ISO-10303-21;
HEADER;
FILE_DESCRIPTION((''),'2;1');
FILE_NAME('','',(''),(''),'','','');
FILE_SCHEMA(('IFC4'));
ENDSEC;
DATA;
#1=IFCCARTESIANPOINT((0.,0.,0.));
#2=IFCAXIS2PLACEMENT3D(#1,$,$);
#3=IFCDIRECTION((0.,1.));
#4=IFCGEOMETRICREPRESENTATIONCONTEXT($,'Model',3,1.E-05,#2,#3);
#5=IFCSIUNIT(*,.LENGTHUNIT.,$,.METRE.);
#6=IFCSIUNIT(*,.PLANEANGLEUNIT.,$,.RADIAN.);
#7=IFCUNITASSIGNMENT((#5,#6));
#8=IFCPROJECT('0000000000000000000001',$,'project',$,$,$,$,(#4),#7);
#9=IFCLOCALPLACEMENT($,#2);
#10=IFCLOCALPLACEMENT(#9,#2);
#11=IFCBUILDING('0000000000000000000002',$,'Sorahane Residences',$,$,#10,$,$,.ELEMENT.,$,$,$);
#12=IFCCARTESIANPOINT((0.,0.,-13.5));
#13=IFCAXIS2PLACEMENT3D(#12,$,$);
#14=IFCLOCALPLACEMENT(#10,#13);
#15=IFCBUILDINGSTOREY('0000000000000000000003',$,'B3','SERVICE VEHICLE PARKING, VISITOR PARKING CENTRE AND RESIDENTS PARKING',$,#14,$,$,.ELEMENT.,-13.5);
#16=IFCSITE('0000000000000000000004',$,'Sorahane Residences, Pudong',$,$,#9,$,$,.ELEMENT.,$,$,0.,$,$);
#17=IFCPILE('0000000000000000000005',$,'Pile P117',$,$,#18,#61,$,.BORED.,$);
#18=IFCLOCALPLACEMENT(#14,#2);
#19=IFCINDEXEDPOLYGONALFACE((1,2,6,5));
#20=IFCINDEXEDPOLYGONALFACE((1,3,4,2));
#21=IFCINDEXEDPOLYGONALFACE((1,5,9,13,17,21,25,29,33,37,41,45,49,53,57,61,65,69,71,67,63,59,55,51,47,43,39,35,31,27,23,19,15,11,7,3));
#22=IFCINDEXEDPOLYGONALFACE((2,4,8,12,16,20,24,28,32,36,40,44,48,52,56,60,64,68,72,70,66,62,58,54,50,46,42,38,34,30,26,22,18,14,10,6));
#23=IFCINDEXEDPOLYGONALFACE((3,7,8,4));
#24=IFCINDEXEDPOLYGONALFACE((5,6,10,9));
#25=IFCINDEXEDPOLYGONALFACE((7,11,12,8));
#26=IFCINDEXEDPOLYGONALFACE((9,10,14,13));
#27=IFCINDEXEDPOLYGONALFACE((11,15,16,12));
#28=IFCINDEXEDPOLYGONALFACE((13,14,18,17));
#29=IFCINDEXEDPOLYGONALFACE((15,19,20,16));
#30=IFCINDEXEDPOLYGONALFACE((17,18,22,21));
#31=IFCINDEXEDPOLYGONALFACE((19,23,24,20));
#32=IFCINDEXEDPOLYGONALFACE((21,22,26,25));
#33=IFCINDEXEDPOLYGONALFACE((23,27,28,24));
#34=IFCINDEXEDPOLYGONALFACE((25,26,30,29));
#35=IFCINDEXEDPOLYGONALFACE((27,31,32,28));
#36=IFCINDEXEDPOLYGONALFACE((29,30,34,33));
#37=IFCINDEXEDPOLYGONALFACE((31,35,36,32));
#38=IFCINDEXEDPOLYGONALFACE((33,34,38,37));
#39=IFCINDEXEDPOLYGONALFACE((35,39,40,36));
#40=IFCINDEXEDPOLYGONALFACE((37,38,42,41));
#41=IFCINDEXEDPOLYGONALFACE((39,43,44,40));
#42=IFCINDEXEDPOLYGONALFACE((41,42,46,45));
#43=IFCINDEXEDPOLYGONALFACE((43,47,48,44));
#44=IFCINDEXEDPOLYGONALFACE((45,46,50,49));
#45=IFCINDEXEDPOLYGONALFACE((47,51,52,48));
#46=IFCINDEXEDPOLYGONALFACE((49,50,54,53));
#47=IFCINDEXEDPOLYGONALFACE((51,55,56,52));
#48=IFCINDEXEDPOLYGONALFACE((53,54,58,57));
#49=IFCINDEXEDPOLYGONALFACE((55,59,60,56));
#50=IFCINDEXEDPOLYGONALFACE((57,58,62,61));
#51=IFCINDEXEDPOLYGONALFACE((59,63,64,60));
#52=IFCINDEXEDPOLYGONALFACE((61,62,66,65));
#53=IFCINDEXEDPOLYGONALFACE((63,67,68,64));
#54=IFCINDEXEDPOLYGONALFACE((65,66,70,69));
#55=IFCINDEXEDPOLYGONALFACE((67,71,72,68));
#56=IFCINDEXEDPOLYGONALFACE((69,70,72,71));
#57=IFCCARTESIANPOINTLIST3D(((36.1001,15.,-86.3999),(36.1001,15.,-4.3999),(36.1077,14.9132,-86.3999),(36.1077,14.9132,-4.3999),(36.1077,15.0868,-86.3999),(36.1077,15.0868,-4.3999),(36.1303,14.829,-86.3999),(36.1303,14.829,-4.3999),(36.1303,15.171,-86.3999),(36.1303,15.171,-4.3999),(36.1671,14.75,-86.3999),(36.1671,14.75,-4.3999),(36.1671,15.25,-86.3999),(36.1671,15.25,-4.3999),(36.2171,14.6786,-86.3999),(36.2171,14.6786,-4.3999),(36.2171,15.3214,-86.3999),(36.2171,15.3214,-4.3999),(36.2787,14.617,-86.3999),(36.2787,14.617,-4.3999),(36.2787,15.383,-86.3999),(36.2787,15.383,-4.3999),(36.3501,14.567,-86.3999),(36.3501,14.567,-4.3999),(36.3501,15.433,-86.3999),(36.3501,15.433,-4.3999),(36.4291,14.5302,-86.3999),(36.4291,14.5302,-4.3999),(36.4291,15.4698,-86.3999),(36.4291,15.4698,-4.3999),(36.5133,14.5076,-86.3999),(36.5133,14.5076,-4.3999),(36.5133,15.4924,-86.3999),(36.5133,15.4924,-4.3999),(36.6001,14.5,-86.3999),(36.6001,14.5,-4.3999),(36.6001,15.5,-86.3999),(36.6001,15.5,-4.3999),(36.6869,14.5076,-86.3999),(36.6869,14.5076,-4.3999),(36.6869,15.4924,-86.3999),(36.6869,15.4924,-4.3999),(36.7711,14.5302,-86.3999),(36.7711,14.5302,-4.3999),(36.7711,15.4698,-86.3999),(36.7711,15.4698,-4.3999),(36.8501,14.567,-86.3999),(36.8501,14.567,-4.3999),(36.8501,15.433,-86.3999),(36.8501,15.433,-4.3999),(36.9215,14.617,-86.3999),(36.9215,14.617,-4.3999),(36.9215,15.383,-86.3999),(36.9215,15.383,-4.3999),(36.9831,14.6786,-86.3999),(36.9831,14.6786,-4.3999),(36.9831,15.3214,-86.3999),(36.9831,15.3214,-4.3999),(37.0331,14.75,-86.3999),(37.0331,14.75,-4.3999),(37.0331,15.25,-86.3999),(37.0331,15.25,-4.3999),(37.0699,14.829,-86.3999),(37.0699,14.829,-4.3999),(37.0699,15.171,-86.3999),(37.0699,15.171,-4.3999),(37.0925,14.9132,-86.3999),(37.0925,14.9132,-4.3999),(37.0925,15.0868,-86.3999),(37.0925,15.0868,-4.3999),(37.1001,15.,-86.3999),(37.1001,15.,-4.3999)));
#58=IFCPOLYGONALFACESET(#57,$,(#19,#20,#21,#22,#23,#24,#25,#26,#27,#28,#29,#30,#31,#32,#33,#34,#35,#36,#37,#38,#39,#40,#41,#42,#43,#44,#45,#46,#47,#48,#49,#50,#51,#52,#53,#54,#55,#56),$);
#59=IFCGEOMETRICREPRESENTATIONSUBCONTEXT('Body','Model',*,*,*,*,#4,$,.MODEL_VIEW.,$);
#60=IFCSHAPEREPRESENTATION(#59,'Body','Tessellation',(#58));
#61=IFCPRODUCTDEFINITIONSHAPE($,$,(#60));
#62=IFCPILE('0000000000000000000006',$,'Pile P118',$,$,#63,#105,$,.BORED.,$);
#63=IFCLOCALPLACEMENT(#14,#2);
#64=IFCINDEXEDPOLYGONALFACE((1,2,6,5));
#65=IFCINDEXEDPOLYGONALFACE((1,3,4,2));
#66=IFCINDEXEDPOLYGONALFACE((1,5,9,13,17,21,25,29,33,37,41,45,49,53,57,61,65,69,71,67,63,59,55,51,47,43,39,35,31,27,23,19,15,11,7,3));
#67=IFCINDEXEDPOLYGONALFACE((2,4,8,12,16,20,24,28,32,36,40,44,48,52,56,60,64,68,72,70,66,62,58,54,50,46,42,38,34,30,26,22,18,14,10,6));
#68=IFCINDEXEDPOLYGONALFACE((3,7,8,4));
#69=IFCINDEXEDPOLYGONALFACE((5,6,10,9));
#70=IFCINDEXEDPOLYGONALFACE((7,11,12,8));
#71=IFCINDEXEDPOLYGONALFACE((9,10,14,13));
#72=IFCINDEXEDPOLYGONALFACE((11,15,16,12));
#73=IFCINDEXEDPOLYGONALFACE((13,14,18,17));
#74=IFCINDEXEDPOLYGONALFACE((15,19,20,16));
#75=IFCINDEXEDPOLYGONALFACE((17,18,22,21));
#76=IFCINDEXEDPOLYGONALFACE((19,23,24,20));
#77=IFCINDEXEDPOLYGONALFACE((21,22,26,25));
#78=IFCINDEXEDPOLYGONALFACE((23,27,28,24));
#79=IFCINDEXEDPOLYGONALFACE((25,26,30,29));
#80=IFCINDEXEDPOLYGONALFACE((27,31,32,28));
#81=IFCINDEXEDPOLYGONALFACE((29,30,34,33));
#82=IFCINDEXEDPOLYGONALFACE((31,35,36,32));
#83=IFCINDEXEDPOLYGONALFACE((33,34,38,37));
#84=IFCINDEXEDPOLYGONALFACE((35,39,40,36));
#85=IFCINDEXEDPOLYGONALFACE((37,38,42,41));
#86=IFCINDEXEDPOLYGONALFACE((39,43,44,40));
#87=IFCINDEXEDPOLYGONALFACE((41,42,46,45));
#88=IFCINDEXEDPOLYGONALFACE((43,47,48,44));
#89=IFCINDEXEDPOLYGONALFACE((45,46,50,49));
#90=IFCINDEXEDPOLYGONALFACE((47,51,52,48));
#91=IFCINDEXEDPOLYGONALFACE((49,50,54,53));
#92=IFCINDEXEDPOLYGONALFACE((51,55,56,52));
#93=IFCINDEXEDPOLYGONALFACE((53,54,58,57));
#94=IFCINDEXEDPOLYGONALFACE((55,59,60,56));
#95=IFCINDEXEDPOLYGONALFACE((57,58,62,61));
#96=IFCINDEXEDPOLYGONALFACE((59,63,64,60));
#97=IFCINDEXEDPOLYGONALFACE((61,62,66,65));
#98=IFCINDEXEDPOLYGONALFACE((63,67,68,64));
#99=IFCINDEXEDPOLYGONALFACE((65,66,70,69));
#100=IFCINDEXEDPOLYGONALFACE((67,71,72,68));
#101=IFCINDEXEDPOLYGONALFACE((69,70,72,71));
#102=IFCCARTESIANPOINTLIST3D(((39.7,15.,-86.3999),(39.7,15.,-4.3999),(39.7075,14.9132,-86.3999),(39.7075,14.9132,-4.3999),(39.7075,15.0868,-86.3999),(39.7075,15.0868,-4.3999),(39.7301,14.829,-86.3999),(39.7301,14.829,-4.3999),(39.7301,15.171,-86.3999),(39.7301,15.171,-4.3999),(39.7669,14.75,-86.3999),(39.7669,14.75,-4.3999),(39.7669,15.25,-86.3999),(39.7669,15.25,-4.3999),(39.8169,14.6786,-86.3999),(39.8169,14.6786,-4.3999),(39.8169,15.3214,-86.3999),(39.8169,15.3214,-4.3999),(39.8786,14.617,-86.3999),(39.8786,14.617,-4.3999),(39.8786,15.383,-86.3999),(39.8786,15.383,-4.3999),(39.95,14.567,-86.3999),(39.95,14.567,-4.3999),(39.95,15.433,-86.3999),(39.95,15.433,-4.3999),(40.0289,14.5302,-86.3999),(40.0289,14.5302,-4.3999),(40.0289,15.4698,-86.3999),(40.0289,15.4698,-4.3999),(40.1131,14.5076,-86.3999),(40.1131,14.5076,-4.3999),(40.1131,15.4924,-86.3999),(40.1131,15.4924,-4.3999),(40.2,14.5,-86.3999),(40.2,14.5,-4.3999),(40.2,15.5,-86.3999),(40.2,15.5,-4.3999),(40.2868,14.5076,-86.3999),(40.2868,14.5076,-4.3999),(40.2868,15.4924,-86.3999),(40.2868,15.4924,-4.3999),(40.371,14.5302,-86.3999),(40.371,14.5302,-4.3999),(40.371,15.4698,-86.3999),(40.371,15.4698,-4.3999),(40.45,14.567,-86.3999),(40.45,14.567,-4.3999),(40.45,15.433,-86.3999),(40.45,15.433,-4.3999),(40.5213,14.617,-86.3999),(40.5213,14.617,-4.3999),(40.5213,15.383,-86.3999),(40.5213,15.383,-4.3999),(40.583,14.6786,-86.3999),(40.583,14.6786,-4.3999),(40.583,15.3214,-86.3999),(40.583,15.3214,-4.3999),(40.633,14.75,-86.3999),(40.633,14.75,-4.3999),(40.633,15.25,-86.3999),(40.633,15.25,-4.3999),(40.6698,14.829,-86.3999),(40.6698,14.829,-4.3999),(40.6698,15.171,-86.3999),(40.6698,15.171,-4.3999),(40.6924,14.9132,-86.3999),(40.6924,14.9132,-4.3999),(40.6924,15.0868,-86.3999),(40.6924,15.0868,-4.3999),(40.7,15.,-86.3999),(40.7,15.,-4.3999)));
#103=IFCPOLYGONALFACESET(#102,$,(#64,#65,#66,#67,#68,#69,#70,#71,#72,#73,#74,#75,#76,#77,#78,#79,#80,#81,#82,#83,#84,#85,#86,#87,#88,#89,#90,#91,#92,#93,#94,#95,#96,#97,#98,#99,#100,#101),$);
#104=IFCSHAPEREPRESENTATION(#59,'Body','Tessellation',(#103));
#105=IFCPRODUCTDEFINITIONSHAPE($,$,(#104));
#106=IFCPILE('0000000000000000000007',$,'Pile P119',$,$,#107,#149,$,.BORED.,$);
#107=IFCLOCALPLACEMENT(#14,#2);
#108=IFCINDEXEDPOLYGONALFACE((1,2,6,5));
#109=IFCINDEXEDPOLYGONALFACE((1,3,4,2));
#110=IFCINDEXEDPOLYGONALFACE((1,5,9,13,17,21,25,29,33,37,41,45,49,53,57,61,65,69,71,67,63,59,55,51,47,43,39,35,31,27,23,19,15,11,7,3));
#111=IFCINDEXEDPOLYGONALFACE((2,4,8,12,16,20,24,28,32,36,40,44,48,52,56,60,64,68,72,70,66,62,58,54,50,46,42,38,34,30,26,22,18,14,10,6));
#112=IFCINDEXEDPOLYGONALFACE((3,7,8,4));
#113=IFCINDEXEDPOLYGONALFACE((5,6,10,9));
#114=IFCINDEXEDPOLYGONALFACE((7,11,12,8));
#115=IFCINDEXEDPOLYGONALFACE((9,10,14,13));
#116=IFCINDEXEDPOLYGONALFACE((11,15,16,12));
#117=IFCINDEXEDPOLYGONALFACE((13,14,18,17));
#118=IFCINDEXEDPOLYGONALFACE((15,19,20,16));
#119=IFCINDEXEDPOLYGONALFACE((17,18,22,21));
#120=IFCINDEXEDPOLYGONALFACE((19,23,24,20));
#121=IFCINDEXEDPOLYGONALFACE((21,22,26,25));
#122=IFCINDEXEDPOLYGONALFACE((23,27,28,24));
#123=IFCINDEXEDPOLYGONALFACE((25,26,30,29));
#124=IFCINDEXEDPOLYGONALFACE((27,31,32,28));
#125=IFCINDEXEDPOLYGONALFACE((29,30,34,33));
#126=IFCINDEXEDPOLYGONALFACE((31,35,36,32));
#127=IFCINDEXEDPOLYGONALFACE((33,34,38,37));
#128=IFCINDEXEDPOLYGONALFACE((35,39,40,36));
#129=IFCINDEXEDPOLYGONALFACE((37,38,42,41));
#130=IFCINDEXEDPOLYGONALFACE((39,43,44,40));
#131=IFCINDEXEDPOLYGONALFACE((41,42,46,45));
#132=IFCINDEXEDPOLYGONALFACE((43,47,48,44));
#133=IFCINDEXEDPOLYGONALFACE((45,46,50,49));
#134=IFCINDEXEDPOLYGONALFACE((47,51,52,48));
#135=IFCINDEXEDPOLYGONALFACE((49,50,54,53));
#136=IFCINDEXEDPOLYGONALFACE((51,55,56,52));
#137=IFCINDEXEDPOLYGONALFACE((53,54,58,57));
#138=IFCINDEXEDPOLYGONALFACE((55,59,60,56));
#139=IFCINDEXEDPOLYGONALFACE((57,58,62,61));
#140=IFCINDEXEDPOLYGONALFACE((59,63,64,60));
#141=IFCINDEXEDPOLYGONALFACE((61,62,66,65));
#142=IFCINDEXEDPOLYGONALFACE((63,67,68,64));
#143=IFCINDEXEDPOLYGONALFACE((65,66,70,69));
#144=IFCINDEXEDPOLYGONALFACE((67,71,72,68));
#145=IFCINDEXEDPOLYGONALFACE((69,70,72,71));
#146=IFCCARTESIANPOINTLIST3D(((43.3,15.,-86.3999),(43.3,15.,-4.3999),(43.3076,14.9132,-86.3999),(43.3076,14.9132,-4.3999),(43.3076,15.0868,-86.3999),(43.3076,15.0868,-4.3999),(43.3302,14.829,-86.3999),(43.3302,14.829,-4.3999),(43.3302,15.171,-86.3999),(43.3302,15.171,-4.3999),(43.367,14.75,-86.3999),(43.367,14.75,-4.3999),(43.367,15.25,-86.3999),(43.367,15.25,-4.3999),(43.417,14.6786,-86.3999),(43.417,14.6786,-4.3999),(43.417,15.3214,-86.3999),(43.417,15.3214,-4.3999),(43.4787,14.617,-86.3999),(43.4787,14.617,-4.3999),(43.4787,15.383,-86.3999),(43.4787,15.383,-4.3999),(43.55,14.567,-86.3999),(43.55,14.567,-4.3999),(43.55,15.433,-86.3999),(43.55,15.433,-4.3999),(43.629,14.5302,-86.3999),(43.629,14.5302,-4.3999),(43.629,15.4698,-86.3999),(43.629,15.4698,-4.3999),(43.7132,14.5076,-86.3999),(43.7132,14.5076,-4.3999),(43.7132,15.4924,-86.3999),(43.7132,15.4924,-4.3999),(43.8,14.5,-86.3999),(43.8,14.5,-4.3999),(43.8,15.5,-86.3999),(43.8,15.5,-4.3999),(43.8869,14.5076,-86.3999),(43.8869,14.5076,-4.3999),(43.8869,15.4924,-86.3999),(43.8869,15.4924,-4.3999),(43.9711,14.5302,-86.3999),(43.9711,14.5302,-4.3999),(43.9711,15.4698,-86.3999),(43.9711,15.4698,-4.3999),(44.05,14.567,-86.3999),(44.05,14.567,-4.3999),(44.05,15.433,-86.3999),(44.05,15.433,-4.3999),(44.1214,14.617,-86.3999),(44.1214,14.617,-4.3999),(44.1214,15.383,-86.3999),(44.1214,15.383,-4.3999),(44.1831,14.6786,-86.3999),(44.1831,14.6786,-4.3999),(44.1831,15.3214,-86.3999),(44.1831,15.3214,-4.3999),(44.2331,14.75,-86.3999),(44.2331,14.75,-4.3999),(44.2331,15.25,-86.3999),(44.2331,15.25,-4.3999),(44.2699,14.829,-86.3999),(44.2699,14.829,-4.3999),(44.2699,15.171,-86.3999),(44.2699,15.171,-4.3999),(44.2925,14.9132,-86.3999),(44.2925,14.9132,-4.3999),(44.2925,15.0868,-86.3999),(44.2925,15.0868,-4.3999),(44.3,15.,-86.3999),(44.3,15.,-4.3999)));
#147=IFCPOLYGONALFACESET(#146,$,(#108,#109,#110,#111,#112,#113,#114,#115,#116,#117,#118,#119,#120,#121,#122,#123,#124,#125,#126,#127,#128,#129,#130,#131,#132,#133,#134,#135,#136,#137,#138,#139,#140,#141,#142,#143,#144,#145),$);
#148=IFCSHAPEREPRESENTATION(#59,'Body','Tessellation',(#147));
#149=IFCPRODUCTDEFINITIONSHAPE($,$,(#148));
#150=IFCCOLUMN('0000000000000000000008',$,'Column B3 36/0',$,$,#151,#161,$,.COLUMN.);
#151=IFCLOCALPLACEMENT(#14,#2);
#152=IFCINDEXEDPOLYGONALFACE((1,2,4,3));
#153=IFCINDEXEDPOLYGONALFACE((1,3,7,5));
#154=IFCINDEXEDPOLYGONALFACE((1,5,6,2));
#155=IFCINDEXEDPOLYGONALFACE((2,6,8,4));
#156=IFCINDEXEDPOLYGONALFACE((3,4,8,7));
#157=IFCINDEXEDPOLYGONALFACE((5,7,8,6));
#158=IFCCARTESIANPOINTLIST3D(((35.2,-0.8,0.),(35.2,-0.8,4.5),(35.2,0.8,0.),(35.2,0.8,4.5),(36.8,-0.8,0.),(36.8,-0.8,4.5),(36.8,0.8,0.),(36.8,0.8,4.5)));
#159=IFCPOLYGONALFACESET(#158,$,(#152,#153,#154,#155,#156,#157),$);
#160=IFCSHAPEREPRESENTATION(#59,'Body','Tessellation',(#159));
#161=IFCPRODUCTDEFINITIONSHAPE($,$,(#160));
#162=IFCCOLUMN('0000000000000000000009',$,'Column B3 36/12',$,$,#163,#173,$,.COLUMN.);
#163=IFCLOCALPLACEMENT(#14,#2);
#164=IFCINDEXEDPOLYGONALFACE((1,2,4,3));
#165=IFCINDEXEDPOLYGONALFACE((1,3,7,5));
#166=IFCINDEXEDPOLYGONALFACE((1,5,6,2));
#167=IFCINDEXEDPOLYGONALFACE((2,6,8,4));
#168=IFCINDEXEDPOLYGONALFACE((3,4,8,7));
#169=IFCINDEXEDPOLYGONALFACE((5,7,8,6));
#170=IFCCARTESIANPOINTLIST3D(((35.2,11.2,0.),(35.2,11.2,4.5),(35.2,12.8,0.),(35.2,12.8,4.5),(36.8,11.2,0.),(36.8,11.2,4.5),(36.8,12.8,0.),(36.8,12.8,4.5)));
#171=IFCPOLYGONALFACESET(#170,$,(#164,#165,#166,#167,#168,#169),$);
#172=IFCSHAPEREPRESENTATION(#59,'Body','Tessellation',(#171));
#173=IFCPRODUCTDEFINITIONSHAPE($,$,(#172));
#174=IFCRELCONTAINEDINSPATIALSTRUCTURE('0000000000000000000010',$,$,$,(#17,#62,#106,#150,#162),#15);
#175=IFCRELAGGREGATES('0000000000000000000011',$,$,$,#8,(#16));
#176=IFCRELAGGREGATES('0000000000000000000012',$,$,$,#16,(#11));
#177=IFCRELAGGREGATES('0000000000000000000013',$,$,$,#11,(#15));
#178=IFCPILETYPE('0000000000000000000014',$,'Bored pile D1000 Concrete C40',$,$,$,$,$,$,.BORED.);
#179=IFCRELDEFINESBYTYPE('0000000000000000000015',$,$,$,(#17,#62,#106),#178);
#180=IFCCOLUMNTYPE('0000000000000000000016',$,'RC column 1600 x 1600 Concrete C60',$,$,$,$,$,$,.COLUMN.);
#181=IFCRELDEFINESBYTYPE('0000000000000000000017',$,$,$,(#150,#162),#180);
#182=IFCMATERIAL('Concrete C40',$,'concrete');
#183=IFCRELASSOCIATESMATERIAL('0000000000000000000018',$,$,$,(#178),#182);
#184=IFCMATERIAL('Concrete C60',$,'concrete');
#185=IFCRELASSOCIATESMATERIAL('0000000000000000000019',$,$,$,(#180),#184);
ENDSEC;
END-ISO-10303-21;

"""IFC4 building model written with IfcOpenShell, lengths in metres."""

from ifc_helpers import new_model, si_unit, direction, frame, origin, origin_2d, place, context, subcontext, project, spatial, rectangle, circle, extrude, material, material_profile, profile_set, type_object, element, save


model = new_model("IFC4")

# Units and contexts
model_context = context("Model", 3, precision=1e-05, world=origin(), true_north=direction((0.0, 1.0)))
body_context = subcontext(model_context, "Body", "Model", "MODEL_VIEW")
ifc_project = project(units=[si_unit("LENGTHUNIT", "METRE"), si_unit("PLANEANGLEUNIT", "RADIAN")], contexts=[model_context])

# Site, building, storey
site_placement = place(None, origin())
site = spatial("IfcSite", under=ifc_project, at=site_placement, Name="Sorahane Residences, Pudong", CompositionType="ELEMENT", RefElevation=0.0)
building_placement = place(site_placement, origin())
building = spatial("IfcBuilding", under=site, at=building_placement, Name="Sorahane Residences", CompositionType="ELEMENT")
storey_placement = place(building_placement, frame((0.0, 0.0, -13.5)))
storey = spatial("IfcBuildingStorey", under=building, at=storey_placement, Name="B3", Description="SERVICE VEHICLE PARKING, VISITOR PARKING CENTRE AND RESIDENTS PARKING", CompositionType="ELEMENT", Elevation=-13.5)

# Piles
ifc_material_1 = material(Name="Concrete C40", Category="concrete")
ifc_material_profile_1 = material_profile(ifc_material_1, circle(Radius=0.5, at=origin_2d()), Name="D1000")
ifc_profile_set_1 = profile_set([ifc_material_profile_1], Name="Concrete C40")
pile_type = type_object("IfcPileType", Name="Bored pile D1000 Concrete C40", PredefinedType="BORED", material=ifc_profile_set_1)
for number, where, z_axis, x_axis, name in (
    (1, (36.6001, 15.0, -4.3999), (0.0, 0.0, -1.0), (1.0, 0.0, 0.0), "Pile P117"),
    (2, (40.2, 15.0, -4.3999), (0.0, 0.0, -1.0), (1.0, 0.0, 0.0), "Pile P118"),
    (3, (43.8, 15.0, -4.3999), (0.0, 0.0, -1.0), (1.0, 0.0, 0.0), "Pile P119"),
):
    element("IfcPile", number, at=place(storey_placement, frame(where, z_axis=z_axis, x_axis=x_axis)), inside=storey, type_object=pile_type, Name=name, PredefinedType="BORED", context=body_context, shape_type="SweptSolid", body=[
        extrude(circle(Radius=0.5, at=origin_2d()), origin(), (0.0, 0.0, 1.0), 82.0),
    ])

# Columns
ifc_material_2 = material(Name="Concrete C60", Category="concrete")
ifc_material_profile_2 = material_profile(ifc_material_2, rectangle(XDim=1.6001, YDim=1.6001, at=origin_2d()), Name="1600x1600")
ifc_profile_set_2 = profile_set([ifc_material_profile_2], Name="Concrete C60")
column_type = type_object("IfcColumnType", Name="RC column 1600 x 1600 Concrete C60", PredefinedType="COLUMN", material=ifc_profile_set_2)
for number, where, z_axis, x_axis, name in (
    (4, (36.0, 0.0, 0.0), (0.0, 0.0, 1.0), (1.0, 0.0, 0.0), "Column B3 36/0"),
    (5, (36.0, 12.0, 0.0), (0.0, 0.0, 1.0), (1.0, 0.0, 0.0), "Column B3 36/12"),
):
    element("IfcColumn", number, at=place(storey_placement, frame(where, z_axis=z_axis, x_axis=x_axis)), inside=storey, type_object=column_type, Name=name, PredefinedType="COLUMN", context=body_context, shape_type="SweptSolid", body=[
        extrude(rectangle(XDim=1.6001, YDim=1.6001, at=origin_2d()), origin(), (0.0, 0.0, 1.0), 4.5),
    ])

save(model, "model.ifc")
